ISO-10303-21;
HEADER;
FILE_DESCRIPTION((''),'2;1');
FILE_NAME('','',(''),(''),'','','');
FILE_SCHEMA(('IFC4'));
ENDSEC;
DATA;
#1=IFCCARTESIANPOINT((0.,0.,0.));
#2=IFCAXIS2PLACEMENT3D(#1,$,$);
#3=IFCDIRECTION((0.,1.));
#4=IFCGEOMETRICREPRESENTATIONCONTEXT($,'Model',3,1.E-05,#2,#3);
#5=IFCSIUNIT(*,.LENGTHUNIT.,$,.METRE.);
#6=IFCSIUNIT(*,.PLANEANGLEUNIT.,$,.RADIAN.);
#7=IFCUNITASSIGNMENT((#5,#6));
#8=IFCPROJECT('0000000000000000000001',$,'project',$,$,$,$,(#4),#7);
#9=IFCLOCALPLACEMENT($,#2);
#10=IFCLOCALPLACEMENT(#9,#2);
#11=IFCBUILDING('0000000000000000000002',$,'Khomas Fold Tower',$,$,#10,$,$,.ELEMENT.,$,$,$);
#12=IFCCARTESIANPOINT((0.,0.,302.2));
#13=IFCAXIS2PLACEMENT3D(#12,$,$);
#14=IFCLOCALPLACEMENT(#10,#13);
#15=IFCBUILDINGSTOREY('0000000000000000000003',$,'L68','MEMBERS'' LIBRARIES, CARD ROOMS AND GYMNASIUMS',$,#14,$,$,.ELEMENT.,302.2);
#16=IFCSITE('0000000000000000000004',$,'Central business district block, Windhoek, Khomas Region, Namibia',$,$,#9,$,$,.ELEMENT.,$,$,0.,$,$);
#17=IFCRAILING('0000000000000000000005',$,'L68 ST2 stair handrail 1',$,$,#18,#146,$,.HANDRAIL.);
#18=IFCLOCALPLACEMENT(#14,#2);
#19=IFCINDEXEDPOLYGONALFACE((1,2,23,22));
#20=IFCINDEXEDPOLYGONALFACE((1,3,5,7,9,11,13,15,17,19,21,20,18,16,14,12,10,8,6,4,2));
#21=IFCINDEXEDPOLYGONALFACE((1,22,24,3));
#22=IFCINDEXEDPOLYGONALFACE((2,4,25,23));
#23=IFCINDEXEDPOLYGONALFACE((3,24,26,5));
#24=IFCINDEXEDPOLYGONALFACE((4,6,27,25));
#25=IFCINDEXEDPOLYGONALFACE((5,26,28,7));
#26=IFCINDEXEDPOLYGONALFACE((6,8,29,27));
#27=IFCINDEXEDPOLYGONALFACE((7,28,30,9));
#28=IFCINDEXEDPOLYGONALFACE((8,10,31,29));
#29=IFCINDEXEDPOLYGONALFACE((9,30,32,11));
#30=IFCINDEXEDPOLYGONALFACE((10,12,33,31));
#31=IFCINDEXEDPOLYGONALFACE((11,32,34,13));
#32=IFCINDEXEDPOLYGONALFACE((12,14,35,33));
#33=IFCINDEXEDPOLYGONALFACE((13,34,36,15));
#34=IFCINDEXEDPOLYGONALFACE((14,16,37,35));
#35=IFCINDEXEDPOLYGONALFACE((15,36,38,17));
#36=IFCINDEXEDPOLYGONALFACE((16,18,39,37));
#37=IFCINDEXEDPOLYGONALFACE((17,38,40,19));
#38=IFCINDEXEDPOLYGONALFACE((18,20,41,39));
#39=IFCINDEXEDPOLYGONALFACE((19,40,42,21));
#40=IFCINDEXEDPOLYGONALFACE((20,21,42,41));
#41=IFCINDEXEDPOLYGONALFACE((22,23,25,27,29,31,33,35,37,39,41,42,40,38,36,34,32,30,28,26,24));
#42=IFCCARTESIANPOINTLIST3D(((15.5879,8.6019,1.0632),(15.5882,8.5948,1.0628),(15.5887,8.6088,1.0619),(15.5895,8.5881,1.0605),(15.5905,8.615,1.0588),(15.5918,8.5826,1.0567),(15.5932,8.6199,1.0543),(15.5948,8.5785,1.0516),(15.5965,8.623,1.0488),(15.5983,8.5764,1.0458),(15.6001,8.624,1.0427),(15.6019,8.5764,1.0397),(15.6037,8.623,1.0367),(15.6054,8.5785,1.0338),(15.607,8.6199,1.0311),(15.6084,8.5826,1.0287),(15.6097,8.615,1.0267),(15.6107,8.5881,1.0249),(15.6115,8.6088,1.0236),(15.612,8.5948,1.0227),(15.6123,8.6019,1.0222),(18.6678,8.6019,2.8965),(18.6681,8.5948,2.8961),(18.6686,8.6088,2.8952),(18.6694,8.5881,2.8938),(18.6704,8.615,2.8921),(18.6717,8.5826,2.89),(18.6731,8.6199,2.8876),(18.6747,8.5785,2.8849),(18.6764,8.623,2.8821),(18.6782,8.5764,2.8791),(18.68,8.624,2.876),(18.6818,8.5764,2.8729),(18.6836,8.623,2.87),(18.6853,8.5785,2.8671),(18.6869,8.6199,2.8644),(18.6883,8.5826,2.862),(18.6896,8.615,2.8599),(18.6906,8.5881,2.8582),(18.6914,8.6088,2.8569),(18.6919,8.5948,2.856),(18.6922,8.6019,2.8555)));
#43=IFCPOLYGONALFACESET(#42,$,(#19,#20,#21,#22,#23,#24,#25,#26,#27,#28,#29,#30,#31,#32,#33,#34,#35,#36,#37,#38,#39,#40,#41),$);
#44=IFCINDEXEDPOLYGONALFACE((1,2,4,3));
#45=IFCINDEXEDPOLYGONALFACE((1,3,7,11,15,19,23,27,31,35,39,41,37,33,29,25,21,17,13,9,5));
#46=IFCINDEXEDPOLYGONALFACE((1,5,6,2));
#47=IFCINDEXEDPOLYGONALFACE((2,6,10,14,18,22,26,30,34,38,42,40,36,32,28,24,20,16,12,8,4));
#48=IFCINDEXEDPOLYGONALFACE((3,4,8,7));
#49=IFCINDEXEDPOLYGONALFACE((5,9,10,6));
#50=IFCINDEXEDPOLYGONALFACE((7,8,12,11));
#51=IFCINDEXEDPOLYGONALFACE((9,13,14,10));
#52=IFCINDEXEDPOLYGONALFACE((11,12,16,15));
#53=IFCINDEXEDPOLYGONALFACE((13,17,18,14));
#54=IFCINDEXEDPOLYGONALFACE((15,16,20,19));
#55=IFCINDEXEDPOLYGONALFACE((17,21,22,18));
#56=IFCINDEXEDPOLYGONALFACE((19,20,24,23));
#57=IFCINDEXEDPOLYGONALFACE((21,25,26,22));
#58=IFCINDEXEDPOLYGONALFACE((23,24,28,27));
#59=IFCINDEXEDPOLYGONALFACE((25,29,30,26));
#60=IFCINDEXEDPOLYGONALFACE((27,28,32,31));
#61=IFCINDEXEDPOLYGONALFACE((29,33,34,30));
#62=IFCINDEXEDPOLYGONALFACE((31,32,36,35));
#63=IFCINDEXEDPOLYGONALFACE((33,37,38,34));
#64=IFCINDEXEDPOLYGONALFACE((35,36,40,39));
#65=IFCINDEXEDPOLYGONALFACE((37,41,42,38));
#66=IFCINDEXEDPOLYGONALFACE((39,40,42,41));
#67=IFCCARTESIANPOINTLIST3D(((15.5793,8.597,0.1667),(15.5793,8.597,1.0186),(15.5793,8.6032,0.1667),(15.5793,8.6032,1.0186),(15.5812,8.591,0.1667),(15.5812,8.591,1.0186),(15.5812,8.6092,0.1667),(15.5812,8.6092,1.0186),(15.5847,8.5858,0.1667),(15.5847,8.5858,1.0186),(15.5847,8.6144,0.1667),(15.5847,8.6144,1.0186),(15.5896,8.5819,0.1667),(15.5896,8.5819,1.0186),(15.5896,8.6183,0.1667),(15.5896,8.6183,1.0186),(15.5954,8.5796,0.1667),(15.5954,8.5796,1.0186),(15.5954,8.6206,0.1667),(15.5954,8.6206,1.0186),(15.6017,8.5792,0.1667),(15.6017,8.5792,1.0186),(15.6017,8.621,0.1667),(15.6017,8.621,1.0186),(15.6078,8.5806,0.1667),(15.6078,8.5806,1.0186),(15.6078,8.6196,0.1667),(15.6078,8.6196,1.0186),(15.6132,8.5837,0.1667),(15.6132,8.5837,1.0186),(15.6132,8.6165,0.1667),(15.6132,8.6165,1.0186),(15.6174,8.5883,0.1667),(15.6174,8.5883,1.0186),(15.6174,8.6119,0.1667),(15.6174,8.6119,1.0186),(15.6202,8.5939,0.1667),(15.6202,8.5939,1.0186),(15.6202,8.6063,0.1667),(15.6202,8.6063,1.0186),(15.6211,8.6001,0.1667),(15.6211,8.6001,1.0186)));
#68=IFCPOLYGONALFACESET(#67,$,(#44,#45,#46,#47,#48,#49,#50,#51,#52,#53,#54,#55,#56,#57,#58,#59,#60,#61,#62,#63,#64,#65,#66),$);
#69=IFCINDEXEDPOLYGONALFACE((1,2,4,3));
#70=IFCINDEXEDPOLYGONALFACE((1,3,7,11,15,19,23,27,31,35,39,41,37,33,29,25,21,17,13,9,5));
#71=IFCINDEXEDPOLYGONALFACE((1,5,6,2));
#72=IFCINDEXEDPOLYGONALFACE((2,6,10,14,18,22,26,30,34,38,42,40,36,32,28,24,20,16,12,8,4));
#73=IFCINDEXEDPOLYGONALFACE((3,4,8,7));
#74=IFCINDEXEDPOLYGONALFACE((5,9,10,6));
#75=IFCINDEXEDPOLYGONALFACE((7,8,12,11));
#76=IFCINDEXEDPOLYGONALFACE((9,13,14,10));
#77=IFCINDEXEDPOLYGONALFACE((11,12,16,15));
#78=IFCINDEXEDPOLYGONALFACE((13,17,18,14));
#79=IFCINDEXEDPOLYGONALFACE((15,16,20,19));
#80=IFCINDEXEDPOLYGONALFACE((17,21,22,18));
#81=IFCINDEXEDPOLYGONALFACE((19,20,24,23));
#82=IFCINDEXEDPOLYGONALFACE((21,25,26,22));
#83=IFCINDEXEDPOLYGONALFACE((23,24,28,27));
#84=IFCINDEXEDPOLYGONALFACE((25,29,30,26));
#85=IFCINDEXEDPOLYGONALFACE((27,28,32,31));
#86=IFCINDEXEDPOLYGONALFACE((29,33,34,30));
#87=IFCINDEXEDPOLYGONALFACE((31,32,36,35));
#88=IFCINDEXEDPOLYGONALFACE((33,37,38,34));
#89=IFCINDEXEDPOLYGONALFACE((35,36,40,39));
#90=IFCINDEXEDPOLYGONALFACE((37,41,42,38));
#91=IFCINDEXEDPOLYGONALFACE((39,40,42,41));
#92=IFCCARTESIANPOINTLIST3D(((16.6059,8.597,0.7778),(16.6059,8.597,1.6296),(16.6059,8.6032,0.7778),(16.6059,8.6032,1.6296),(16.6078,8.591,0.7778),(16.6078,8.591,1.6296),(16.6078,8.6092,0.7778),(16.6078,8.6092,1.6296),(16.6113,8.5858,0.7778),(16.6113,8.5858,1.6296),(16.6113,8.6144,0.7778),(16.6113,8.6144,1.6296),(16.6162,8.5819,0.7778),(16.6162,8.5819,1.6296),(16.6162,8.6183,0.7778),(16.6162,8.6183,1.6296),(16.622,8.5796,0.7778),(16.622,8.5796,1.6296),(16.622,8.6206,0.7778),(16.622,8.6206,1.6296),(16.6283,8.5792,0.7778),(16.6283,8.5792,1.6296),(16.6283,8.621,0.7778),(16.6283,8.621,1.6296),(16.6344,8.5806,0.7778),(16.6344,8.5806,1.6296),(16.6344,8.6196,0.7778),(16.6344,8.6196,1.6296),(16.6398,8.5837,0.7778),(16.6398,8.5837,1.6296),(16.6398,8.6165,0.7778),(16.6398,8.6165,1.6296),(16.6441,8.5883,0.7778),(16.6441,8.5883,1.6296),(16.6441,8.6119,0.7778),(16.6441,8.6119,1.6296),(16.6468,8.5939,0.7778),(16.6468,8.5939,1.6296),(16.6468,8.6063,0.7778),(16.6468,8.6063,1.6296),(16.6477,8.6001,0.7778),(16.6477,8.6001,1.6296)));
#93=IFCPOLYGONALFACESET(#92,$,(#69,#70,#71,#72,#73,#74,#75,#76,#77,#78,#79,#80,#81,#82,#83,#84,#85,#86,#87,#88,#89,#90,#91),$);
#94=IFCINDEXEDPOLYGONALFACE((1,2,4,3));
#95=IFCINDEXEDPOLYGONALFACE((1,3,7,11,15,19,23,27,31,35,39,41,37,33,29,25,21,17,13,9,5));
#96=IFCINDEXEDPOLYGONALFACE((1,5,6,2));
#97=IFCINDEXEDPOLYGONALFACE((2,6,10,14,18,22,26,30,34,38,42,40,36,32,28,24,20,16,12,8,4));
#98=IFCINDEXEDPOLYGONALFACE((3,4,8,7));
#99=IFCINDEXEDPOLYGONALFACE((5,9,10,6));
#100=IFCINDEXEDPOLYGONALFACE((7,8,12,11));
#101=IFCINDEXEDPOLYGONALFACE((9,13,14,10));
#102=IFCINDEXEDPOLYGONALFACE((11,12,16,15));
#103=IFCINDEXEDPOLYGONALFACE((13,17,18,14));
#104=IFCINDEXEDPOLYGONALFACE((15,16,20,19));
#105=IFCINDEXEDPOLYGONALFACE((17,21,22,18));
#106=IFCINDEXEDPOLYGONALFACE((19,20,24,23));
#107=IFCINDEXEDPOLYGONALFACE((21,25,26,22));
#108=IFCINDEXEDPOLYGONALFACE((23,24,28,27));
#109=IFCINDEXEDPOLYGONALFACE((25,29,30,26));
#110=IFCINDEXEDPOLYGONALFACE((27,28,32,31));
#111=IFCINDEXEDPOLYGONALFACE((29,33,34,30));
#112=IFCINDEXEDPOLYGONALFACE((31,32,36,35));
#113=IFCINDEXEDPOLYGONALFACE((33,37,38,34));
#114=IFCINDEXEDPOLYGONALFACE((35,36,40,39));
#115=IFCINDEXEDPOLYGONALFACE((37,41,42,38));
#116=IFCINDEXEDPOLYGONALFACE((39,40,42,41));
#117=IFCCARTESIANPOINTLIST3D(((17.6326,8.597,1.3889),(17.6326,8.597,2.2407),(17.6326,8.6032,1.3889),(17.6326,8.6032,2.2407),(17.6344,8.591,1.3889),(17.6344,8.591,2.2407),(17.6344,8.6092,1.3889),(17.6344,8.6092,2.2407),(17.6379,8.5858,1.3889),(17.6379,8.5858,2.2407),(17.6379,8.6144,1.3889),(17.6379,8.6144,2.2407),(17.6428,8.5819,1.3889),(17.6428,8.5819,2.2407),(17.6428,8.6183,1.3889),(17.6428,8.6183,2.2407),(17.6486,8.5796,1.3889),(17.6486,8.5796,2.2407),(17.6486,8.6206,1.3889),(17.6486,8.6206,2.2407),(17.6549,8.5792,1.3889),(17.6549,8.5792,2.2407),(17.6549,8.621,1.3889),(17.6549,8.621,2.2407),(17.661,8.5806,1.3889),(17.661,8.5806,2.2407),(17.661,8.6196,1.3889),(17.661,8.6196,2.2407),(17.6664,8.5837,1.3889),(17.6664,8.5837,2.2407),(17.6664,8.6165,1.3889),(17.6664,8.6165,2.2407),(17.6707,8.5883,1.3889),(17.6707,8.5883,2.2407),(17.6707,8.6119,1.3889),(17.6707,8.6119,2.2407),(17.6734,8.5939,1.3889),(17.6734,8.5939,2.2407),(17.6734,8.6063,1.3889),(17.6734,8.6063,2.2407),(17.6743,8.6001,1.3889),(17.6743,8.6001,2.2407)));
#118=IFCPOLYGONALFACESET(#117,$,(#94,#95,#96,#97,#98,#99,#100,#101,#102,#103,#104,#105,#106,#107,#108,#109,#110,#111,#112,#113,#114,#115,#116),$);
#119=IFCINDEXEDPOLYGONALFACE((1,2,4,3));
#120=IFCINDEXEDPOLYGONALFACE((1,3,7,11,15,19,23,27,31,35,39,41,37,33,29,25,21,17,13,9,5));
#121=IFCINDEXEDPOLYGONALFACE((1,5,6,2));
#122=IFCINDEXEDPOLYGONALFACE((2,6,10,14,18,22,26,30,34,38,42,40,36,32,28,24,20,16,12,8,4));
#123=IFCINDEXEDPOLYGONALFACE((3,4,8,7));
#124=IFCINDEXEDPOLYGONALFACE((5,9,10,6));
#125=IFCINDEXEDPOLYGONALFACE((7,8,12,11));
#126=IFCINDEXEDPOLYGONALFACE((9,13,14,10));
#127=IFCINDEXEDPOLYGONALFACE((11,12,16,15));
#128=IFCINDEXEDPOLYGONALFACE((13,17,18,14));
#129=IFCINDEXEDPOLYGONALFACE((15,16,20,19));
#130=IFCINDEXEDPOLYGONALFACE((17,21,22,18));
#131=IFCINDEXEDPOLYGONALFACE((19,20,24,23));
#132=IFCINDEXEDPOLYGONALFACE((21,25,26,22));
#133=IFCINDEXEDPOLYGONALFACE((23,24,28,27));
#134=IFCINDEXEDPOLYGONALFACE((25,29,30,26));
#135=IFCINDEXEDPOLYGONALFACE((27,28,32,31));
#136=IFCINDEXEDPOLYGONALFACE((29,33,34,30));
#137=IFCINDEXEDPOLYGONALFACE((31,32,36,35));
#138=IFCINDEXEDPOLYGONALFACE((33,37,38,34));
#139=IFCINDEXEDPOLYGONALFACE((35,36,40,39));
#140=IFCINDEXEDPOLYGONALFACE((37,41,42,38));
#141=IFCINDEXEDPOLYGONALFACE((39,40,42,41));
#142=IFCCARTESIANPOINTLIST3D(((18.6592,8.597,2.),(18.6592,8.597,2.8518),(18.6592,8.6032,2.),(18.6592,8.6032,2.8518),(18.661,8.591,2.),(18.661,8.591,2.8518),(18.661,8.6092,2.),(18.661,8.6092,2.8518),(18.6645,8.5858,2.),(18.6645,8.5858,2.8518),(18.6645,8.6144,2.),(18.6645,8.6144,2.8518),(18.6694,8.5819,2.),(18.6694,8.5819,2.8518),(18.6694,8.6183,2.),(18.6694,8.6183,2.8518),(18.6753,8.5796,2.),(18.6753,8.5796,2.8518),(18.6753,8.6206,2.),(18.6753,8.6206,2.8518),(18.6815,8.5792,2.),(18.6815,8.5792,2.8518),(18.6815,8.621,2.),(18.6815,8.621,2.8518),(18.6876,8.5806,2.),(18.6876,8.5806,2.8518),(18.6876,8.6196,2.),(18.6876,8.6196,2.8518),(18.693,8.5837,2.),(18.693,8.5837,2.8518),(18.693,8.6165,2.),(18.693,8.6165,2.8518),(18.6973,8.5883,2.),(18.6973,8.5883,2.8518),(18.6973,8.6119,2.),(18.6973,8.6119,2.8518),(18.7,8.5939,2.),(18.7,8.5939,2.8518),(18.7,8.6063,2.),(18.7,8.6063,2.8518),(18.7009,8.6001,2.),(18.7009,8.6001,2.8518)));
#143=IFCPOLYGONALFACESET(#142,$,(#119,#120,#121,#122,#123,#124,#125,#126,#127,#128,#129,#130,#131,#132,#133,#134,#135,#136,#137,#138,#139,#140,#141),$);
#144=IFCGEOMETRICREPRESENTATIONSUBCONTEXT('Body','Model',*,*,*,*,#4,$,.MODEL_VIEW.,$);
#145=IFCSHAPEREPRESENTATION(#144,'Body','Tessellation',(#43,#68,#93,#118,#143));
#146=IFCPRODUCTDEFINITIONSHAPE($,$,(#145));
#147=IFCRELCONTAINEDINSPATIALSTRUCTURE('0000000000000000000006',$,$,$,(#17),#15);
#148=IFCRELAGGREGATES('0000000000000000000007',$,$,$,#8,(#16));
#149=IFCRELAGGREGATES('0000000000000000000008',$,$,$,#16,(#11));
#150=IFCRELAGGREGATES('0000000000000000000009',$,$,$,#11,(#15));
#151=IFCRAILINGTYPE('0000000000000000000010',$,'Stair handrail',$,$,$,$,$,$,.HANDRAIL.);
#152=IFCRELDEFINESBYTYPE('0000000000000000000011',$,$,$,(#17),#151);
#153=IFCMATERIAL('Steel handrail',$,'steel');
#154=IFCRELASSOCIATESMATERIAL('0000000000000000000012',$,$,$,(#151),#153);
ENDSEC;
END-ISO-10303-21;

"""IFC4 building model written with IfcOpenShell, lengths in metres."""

from ifc_helpers import new_model, si_unit, direction, frame, origin, origin_2d, place, context, subcontext, project, spatial, circle, extrude, source, transform, mapped, material, type_object, element, save


model = new_model("IFC4")

# Units and contexts
model_context = context("Model", 3, precision=1e-05, world=origin(), true_north=direction((0.0, 1.0)))
body_context = subcontext(model_context, "Body", "Model", "MODEL_VIEW")
ifc_project = project(units=[si_unit("LENGTHUNIT", "METRE"), si_unit("PLANEANGLEUNIT", "RADIAN")], contexts=[model_context])

# Site, building, storey
site_placement = place(None, origin())
site = spatial("IfcSite", under=ifc_project, at=site_placement, Name="Central business district block, Windhoek, Khomas Region, Namibia", CompositionType="ELEMENT", RefElevation=0.0)
building_placement = place(site_placement, origin())
building = spatial("IfcBuilding", under=site, at=building_placement, Name="Khomas Fold Tower", CompositionType="ELEMENT")
storey_placement = place(building_placement, frame((0.0, 0.0, 302.2)))
storey = spatial("IfcBuildingStorey", under=building, at=storey_placement, Name="L68", Description="MEMBERS' LIBRARIES, CARD ROOMS AND GYMNASIUMS", CompositionType="ELEMENT", Elevation=302.2)

# Railing
ifc_material_1 = material(Name="Steel handrail", Category="steel")
railing_type_1 = type_object("IfcRailingType", Name="Stair handrail", PredefinedType="HANDRAIL", material=ifc_material_1)
shared_shape_1 = source(origin(), body_context, "Body", "SweptSolid", [
    extrude(circle(Radius=0.0239, at=origin_2d()), frame((0.0, 0.0, 0.876), z_axis=(0.859291, 0.0, 0.511487), x_axis=(0.0, 1.0, 0.0)), (0.0, 0.0, 1.0), 3.5842),
    extrude(circle(Radius=0.021, at=origin_2d()), origin(), (0.0, 0.0, 1.0), 0.8518),
    extrude(circle(Radius=0.021, at=origin_2d()), frame((1.0266, 0.0, 0.6111)), (0.0, 0.0, 1.0), 0.8518),
    extrude(circle(Radius=0.021, at=origin_2d()), frame((2.0532, 0.0, 1.2222)), (0.0, 0.0, 1.0), 0.8518),
    extrude(circle(Radius=0.021, at=origin_2d()), frame((3.0798, 0.0, 1.8333)), (0.0, 0.0, 1.0), 0.8518),
])
railing_1_placement = place(storey_placement, frame((15.6001, 8.6001, 0.1667)))
element("IfcRailing", 1, at=railing_1_placement, inside=storey, type_object=railing_type_1, Name="L68 ST2 stair handrail 1", PredefinedType="HANDRAIL", context=body_context, shape_type="MappedRepresentation", body=[
    mapped(shared_shape_1, transform((0.0, 0.0, 0.0))),
])

save(model, "model.ifc")
